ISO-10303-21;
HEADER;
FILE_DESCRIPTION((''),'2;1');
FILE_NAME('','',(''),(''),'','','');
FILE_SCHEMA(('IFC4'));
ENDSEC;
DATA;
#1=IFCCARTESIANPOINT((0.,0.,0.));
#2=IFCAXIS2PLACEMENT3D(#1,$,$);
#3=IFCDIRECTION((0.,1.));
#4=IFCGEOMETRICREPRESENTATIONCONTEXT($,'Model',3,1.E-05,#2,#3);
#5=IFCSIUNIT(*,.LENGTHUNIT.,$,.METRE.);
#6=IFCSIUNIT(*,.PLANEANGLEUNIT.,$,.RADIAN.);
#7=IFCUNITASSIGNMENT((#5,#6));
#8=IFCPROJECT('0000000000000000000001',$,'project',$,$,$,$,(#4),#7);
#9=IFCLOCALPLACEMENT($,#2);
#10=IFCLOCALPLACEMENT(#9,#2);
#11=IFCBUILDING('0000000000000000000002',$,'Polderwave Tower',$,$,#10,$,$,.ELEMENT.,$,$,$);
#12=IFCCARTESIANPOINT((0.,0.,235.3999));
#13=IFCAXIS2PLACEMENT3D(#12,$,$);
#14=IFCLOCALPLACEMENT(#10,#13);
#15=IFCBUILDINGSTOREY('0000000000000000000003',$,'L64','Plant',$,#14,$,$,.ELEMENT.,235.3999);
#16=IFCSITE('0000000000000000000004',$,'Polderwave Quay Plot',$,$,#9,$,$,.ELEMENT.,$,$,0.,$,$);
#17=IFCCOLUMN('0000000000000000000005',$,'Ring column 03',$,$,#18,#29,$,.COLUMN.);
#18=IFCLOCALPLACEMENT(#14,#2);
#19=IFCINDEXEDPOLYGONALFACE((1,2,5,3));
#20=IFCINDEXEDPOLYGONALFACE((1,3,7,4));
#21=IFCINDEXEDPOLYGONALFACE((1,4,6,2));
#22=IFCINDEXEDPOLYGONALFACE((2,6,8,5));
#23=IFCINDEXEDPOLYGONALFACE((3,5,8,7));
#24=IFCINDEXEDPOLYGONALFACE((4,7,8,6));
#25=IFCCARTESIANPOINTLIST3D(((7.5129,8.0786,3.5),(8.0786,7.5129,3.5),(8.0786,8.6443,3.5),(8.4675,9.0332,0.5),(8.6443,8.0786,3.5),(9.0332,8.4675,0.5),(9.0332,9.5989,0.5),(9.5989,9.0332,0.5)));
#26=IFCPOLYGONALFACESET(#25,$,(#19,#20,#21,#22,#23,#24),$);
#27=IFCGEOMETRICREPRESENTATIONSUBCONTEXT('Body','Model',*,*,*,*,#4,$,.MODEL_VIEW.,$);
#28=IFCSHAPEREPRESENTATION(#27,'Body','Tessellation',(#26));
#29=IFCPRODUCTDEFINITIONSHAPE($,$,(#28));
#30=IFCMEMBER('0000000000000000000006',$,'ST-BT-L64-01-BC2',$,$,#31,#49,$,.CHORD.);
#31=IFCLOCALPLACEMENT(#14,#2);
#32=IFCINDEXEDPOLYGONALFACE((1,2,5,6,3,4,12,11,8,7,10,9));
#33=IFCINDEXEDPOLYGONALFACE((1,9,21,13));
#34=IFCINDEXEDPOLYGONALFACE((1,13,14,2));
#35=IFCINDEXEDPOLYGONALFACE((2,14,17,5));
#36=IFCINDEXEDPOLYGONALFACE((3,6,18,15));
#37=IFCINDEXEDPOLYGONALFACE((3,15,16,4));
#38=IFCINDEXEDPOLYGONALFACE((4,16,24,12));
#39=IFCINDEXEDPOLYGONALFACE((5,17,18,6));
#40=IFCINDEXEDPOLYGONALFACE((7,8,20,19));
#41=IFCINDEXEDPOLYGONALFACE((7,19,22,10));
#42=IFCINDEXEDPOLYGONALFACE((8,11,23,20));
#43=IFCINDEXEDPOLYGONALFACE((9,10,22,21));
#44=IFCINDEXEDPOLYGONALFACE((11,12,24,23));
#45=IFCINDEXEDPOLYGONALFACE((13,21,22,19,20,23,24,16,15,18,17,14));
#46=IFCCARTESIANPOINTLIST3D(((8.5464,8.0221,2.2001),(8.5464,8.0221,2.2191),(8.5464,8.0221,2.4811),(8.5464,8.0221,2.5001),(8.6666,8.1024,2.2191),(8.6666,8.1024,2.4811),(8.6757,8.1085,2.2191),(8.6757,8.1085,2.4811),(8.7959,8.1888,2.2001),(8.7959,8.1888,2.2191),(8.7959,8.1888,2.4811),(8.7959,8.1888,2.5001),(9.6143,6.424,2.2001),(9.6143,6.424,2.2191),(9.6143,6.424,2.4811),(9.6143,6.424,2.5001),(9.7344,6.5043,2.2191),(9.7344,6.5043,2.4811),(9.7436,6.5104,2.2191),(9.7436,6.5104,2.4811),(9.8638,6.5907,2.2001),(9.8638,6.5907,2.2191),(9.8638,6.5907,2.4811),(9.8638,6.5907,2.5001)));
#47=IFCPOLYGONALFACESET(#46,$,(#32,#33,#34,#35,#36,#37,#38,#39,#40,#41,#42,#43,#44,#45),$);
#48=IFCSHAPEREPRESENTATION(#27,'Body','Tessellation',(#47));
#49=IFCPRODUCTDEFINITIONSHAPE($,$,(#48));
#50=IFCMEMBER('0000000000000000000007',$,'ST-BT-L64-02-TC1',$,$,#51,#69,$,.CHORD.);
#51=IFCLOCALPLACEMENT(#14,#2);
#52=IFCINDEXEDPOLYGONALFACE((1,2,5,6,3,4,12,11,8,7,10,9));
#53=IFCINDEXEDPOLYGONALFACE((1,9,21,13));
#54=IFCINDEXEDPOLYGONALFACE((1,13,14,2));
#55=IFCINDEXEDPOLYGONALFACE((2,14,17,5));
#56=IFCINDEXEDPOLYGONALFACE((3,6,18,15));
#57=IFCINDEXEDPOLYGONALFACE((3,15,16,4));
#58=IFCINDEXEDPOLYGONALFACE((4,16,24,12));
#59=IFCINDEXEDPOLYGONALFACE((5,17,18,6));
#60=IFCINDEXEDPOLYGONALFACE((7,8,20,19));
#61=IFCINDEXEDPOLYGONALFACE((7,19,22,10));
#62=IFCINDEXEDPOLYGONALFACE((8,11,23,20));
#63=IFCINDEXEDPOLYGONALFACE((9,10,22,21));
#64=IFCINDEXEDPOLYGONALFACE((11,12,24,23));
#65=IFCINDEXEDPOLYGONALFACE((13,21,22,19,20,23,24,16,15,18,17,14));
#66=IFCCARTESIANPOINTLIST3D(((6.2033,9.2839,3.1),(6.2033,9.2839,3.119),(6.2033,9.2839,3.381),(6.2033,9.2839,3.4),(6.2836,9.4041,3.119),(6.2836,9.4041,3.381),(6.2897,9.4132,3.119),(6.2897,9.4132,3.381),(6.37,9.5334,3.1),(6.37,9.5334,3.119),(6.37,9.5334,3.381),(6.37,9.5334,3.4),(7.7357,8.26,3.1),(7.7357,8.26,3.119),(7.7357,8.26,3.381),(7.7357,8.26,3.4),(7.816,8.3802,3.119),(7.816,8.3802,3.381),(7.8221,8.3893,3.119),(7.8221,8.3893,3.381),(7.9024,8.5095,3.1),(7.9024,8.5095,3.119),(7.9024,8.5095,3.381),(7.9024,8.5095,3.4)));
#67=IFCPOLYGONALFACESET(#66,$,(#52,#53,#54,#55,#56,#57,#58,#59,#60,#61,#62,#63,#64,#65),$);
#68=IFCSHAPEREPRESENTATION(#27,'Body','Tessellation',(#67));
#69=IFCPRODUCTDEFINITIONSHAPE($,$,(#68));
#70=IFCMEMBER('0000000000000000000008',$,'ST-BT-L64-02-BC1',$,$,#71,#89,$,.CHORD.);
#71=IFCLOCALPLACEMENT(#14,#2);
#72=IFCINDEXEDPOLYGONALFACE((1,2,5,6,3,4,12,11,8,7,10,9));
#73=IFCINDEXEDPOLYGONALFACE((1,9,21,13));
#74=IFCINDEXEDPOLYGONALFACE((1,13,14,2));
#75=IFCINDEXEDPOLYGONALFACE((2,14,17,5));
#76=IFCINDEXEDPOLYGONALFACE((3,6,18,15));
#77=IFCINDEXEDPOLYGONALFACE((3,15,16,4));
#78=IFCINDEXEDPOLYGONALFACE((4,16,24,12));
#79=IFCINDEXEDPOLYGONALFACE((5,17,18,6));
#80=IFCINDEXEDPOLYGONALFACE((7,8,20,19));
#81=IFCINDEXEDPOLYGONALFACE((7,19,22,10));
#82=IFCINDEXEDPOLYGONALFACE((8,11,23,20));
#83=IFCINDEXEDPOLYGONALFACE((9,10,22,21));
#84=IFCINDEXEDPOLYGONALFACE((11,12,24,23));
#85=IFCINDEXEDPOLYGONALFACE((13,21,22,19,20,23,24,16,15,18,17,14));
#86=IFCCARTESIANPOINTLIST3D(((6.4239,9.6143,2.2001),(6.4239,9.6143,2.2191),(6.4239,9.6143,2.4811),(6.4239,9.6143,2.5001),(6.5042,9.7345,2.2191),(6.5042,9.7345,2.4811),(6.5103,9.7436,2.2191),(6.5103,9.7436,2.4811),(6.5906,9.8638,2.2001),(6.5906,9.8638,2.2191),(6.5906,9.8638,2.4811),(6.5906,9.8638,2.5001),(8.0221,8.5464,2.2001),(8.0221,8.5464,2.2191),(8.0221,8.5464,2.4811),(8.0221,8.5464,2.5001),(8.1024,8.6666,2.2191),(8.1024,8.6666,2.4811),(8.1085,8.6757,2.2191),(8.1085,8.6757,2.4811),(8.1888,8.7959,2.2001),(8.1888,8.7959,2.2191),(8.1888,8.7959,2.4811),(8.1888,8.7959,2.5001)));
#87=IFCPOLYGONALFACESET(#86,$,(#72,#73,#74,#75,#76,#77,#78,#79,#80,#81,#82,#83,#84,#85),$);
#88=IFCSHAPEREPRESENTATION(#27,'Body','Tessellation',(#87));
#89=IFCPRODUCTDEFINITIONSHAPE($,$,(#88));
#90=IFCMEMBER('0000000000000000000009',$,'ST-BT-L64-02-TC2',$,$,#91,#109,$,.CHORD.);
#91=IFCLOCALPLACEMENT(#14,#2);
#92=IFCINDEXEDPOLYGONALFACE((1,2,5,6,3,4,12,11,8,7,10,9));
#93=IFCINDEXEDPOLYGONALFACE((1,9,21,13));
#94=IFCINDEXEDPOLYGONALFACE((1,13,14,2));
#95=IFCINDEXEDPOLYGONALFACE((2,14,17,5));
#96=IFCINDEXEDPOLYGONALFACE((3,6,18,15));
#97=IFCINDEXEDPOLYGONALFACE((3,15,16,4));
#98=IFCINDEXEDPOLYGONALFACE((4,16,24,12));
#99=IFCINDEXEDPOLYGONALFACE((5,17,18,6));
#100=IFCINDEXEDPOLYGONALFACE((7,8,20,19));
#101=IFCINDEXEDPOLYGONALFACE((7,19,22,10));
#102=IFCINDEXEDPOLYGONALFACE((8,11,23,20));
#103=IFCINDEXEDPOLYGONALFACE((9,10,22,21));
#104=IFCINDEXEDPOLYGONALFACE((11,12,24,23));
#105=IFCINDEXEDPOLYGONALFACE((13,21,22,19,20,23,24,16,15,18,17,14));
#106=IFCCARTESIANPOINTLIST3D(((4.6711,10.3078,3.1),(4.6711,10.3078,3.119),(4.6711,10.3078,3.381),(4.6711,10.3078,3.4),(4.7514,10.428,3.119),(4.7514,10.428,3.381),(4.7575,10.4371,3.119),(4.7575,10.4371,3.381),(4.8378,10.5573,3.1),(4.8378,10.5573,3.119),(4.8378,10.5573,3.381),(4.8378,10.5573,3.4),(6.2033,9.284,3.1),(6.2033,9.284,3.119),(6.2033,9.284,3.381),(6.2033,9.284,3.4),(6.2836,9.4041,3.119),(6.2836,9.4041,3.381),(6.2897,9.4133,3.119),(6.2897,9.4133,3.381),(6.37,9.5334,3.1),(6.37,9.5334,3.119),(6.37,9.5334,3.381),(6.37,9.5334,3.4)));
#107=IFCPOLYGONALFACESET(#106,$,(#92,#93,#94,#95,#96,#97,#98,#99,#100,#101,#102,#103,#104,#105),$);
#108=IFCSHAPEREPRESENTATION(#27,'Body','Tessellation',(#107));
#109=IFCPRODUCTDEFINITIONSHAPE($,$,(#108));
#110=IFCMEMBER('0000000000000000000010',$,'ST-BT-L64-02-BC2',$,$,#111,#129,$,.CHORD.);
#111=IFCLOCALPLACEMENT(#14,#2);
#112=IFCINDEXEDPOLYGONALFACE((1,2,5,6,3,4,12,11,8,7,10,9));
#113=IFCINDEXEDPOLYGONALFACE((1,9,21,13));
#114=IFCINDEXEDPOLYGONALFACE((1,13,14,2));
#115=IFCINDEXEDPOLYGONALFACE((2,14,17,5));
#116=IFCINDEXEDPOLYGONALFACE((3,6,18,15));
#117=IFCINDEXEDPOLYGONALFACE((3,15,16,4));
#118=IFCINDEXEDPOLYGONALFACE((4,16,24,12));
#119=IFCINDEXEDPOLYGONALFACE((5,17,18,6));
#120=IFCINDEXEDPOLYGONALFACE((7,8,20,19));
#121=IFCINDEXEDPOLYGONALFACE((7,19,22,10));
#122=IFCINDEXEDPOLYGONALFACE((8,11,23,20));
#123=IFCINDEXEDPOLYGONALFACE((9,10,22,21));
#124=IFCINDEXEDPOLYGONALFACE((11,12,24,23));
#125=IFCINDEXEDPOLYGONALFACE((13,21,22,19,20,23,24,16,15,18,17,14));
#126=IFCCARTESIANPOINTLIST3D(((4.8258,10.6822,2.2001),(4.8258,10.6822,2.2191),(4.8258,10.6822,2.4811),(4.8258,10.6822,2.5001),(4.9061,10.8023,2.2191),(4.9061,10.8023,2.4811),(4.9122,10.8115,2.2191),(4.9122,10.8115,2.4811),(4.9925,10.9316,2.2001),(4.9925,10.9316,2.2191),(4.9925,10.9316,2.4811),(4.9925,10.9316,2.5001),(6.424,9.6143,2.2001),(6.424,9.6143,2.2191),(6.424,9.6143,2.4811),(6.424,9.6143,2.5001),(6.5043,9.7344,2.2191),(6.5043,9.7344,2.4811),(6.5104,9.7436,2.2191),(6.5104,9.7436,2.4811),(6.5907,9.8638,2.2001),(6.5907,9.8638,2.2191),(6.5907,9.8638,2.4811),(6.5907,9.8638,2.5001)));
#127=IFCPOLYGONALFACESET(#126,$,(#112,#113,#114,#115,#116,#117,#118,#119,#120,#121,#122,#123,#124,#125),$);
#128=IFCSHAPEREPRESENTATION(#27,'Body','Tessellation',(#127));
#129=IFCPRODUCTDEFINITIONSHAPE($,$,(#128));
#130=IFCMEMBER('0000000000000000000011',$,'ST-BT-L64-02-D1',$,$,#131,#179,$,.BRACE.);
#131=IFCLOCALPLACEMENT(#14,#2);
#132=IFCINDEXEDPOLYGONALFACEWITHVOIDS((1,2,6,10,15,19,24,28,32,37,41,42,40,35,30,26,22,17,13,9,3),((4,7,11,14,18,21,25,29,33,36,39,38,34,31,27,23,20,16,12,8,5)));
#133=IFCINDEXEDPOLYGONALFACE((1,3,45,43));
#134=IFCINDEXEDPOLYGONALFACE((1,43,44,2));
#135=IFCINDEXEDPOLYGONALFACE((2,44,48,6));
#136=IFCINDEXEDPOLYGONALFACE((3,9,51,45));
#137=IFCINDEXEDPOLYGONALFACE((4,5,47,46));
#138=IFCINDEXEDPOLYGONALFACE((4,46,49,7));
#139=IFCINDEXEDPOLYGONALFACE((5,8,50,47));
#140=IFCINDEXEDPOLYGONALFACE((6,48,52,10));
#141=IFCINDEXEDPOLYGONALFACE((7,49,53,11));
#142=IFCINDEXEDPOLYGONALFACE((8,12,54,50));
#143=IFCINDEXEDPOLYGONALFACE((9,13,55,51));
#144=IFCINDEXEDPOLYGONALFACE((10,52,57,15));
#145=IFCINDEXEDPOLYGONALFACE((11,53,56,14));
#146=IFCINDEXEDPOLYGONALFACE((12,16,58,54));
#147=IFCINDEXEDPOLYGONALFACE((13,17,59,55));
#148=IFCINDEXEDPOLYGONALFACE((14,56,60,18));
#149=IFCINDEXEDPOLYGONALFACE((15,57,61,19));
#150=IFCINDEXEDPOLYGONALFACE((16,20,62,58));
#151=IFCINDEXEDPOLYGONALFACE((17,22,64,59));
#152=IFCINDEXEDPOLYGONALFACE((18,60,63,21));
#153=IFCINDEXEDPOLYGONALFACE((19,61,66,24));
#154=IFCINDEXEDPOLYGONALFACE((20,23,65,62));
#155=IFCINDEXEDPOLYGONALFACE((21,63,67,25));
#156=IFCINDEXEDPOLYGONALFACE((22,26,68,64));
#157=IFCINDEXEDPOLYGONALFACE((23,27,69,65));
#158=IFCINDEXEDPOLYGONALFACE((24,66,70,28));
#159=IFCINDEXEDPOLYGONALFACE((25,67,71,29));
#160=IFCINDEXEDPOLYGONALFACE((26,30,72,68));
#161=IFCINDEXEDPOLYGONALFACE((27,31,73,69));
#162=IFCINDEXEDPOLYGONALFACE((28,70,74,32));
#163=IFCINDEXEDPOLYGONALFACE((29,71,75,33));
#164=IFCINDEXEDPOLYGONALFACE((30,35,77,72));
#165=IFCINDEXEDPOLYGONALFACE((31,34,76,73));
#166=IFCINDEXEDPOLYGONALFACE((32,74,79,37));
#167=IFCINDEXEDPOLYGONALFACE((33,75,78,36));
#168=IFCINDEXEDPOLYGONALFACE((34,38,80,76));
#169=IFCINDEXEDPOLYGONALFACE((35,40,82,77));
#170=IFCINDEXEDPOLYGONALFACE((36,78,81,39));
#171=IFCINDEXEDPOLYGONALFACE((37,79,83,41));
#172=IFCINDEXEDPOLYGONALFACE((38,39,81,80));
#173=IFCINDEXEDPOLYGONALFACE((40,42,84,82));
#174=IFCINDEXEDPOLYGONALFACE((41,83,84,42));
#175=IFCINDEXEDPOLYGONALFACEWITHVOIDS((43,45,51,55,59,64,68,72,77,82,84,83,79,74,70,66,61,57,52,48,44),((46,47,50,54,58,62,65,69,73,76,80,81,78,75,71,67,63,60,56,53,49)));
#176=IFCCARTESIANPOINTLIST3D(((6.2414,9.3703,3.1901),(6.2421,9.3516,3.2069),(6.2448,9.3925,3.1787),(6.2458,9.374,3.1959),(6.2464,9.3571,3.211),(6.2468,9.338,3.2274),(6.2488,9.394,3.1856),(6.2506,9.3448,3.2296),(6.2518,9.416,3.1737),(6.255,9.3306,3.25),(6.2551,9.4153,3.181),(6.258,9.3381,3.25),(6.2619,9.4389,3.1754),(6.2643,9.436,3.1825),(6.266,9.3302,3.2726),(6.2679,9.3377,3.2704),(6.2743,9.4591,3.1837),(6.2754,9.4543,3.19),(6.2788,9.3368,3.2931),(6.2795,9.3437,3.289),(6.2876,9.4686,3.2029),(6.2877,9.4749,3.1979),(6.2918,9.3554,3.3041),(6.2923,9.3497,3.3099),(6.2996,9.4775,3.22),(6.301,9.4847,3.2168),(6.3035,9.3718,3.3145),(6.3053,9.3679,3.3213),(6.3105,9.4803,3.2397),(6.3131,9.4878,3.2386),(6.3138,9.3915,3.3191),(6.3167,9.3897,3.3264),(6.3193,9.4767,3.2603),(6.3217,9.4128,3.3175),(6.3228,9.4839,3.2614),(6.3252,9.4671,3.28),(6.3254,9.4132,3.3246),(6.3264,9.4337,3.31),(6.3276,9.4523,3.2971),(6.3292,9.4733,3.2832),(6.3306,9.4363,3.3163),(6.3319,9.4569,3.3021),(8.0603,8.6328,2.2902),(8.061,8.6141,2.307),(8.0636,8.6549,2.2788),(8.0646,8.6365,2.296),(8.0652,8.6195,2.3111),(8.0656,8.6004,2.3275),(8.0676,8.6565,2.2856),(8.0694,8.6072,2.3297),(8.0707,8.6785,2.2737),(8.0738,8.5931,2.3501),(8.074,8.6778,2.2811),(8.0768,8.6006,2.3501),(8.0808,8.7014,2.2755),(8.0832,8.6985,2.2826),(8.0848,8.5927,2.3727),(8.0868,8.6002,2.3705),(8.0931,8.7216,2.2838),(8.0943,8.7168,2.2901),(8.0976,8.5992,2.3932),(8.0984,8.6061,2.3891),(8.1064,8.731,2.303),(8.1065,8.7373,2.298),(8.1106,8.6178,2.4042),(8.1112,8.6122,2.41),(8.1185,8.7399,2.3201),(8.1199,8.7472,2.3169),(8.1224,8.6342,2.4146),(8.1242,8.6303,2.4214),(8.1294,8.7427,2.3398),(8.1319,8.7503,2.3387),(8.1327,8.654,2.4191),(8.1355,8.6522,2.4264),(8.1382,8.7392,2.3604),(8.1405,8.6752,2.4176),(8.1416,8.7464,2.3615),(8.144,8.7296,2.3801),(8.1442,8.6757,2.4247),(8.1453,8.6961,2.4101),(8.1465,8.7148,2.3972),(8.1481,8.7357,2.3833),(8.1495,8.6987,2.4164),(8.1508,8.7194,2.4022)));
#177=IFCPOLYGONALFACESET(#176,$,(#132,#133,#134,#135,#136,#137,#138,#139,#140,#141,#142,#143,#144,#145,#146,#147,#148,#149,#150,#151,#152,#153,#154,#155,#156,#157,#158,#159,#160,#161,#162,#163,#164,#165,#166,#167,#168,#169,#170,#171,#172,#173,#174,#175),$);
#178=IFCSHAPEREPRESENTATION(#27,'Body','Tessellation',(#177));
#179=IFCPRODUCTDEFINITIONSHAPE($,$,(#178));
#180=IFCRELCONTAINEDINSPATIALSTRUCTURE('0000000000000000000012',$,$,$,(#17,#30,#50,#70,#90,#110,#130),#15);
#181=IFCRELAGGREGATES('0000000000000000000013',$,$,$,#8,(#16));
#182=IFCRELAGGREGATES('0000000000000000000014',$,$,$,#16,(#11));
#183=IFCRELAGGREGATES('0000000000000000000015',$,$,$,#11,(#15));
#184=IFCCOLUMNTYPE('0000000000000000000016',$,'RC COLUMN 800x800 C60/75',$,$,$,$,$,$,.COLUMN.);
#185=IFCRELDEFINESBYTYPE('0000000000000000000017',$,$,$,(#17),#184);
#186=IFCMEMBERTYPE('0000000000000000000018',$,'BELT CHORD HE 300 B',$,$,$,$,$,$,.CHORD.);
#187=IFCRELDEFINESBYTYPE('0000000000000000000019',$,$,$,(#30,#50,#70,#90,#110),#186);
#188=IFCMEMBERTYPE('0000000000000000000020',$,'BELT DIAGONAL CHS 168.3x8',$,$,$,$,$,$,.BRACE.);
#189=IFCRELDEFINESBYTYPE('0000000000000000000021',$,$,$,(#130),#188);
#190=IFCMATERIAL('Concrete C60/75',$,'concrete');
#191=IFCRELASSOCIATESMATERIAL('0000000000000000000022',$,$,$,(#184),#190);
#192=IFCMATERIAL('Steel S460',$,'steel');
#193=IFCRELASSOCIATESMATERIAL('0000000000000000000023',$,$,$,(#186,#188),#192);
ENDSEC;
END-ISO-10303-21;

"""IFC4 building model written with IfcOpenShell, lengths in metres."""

from ifc_helpers import new_model, si_unit, direction, frame, origin, origin_2d, place, context, subcontext, project, spatial, rectangle, hollow_circle, i_section, extrude, material, material_profile, profile_set, type_object, element, save


model = new_model("IFC4")

# Units and contexts
model_context = context("Model", 3, precision=1e-05, world=origin(), true_north=direction((0.0, 1.0)))
body_context = subcontext(model_context, "Body", "Model", "MODEL_VIEW")
ifc_project = project(units=[si_unit("LENGTHUNIT", "METRE"), si_unit("PLANEANGLEUNIT", "RADIAN")], contexts=[model_context])

# Site, building, storey
site_placement = place(None, origin())
site = spatial("IfcSite", under=ifc_project, at=site_placement, Name="Polderwave Quay Plot", CompositionType="ELEMENT", RefElevation=0.0)
building_placement = place(site_placement, origin())
building = spatial("IfcBuilding", under=site, at=building_placement, Name="Polderwave Tower", CompositionType="ELEMENT")
storey_placement = place(building_placement, frame((0.0, 0.0, 235.3999)))
storey = spatial("IfcBuildingStorey", under=building, at=storey_placement, Name="L64", Description="Plant", CompositionType="ELEMENT", Elevation=235.3999)

# Column
ifc_material_1 = material(Name="Concrete C60/75", Category="concrete")
ifc_material_profile_1 = material_profile(ifc_material_1, rectangle(XDim=0.8, YDim=0.8, at=origin_2d()), Name="RC 800x800")
ifc_profile_set_1 = profile_set([ifc_material_profile_1], Name="Concrete C60/75")
column_type = type_object("IfcColumnType", Name="RC COLUMN 800x800 C60/75", PredefinedType="COLUMN", material=ifc_profile_set_1)
column_placement = place(storey_placement, frame((9.0332, 9.0332, 0.5), z_axis=(0.0, 0.0, 1.0), x_axis=(0.707107, -0.707107, 0.0)))
element("IfcColumn", 1, at=column_placement, inside=storey, type_object=column_type, Name="Ring column 03", PredefinedType="COLUMN", context=body_context, shape_type="SweptSolid", body=[
    extrude(rectangle(XDim=0.8, YDim=0.8, at=origin_2d()), origin(), (0.0, -0.410363, 0.911922), 3.2898),
])

# Members
ifc_material_2 = material(Name="Steel S460", Category="steel")
ifc_material_profile_2 = material_profile(ifc_material_2, i_section(OverallWidth=0.3, OverallDepth=0.3, WebThickness=0.011, FlangeThickness=0.019, at=origin_2d()), Name="HE 300 B")
ifc_profile_set_2 = profile_set([ifc_material_profile_2], Name="Steel S460")
member_type_1 = type_object("IfcMemberType", Name="BELT CHORD HE 300 B", PredefinedType="CHORD", material=ifc_profile_set_2)
member_1_placement = place(storey_placement, frame((9.739, 6.5073, 2.3501), z_axis=(-0.555579, 0.831464, 0.0), x_axis=(-0.831464, -0.555579, 0.0)))
element("IfcMember", 2, at=member_1_placement, inside=storey, type_object=member_type_1, Name="ST-BT-L64-01-BC2", PredefinedType="CHORD", context=body_context, shape_type="SweptSolid", body=[
    extrude(i_section(OverallWidth=0.3, OverallDepth=0.3, WebThickness=0.011, FlangeThickness=0.019, at=origin_2d()), origin(), (0.0, 0.0, 1.0), 1.9221),
])
member_2_placement = place(storey_placement, frame((7.8191, 8.3848, 3.25), z_axis=(-0.831479, 0.555556, 0.0), x_axis=(-0.555556, -0.831479, 0.0)))
element("IfcMember", 3, at=member_2_placement, inside=storey, type_object=member_type_1, Name="ST-BT-L64-02-TC1", PredefinedType="CHORD", context=body_context, shape_type="SweptSolid", body=[
    extrude(i_section(OverallWidth=0.3, OverallDepth=0.3, WebThickness=0.011, FlangeThickness=0.019, at=origin_2d()), origin(), (0.0, 0.0, 1.0), 1.843),
])
member_3_placement = place(storey_placement, frame((8.1055, 8.6711, 2.3501), z_axis=(-0.831464, 0.555579, 0.0), x_axis=(-0.555579, -0.831464, 0.0)))
element("IfcMember", 4, at=member_3_placement, inside=storey, type_object=member_type_1, Name="ST-BT-L64-02-BC1", PredefinedType="CHORD", context=body_context, shape_type="SweptSolid", body=[
    extrude(i_section(OverallWidth=0.3, OverallDepth=0.3, WebThickness=0.011, FlangeThickness=0.019, at=origin_2d()), origin(), (0.0, 0.0, 1.0), 1.9221),
])
member_4_placement = place(storey_placement, frame((6.2866, 9.4087, 3.25), z_axis=(-0.831438, 0.555617, 0.0), x_axis=(-0.555617, -0.831438, 0.0)))
element("IfcMember", 5, at=member_4_placement, inside=storey, type_object=member_type_1, Name="ST-BT-L64-02-TC2", PredefinedType="CHORD", context=body_context, shape_type="SweptSolid", body=[
    extrude(i_section(OverallWidth=0.3, OverallDepth=0.3, WebThickness=0.011, FlangeThickness=0.019, at=origin_2d()), origin(), (0.0, 0.0, 1.0), 1.8428),
])
member_5_placement = place(storey_placement, frame((6.5073, 9.739, 2.3501), z_axis=(-0.831464, 0.555579, 0.0), x_axis=(-0.555579, -0.831464, 0.0)))
element("IfcMember", 6, at=member_5_placement, inside=storey, type_object=member_type_1, Name="ST-BT-L64-02-BC2", PredefinedType="CHORD", context=body_context, shape_type="SweptSolid", body=[
    extrude(i_section(OverallWidth=0.3, OverallDepth=0.3, WebThickness=0.011, FlangeThickness=0.019, at=origin_2d()), origin(), (0.0, 0.0, 1.0), 1.9221),
])
ifc_material_profile_3 = material_profile(ifc_material_2, hollow_circle(Radius=0.0842, WallThickness=0.0081, at=origin_2d()), Name="CHS 168.3x8")
ifc_profile_set_3 = profile_set([ifc_material_profile_3], Name="Steel S460")
member_type_2 = type_object("IfcMemberType", Name="BELT DIAGONAL CHS 168.3x8", PredefinedType="BRACE", material=ifc_profile_set_3)
for number, where, z_axis, x_axis, name in (
    (7, (8.1055, 8.6711, 2.3501), (-0.842383, 0.341589, 0.416782), (-0.375783, -0.926708, 0.0), "ST-BT-L64-02-D1"),
):
    element("IfcMember", number, at=place(storey_placement, frame(where, z_axis=z_axis, x_axis=x_axis)), inside=storey, type_object=member_type_2, Name=name, PredefinedType="BRACE", context=body_context, shape_type="SweptSolid", body=[
        extrude(hollow_circle(Radius=0.0842, WallThickness=0.0081, at=origin_2d()), origin(), (0.0, 0.0, 1.0), 2.1592),
    ])

save(model, "model.ifc")
